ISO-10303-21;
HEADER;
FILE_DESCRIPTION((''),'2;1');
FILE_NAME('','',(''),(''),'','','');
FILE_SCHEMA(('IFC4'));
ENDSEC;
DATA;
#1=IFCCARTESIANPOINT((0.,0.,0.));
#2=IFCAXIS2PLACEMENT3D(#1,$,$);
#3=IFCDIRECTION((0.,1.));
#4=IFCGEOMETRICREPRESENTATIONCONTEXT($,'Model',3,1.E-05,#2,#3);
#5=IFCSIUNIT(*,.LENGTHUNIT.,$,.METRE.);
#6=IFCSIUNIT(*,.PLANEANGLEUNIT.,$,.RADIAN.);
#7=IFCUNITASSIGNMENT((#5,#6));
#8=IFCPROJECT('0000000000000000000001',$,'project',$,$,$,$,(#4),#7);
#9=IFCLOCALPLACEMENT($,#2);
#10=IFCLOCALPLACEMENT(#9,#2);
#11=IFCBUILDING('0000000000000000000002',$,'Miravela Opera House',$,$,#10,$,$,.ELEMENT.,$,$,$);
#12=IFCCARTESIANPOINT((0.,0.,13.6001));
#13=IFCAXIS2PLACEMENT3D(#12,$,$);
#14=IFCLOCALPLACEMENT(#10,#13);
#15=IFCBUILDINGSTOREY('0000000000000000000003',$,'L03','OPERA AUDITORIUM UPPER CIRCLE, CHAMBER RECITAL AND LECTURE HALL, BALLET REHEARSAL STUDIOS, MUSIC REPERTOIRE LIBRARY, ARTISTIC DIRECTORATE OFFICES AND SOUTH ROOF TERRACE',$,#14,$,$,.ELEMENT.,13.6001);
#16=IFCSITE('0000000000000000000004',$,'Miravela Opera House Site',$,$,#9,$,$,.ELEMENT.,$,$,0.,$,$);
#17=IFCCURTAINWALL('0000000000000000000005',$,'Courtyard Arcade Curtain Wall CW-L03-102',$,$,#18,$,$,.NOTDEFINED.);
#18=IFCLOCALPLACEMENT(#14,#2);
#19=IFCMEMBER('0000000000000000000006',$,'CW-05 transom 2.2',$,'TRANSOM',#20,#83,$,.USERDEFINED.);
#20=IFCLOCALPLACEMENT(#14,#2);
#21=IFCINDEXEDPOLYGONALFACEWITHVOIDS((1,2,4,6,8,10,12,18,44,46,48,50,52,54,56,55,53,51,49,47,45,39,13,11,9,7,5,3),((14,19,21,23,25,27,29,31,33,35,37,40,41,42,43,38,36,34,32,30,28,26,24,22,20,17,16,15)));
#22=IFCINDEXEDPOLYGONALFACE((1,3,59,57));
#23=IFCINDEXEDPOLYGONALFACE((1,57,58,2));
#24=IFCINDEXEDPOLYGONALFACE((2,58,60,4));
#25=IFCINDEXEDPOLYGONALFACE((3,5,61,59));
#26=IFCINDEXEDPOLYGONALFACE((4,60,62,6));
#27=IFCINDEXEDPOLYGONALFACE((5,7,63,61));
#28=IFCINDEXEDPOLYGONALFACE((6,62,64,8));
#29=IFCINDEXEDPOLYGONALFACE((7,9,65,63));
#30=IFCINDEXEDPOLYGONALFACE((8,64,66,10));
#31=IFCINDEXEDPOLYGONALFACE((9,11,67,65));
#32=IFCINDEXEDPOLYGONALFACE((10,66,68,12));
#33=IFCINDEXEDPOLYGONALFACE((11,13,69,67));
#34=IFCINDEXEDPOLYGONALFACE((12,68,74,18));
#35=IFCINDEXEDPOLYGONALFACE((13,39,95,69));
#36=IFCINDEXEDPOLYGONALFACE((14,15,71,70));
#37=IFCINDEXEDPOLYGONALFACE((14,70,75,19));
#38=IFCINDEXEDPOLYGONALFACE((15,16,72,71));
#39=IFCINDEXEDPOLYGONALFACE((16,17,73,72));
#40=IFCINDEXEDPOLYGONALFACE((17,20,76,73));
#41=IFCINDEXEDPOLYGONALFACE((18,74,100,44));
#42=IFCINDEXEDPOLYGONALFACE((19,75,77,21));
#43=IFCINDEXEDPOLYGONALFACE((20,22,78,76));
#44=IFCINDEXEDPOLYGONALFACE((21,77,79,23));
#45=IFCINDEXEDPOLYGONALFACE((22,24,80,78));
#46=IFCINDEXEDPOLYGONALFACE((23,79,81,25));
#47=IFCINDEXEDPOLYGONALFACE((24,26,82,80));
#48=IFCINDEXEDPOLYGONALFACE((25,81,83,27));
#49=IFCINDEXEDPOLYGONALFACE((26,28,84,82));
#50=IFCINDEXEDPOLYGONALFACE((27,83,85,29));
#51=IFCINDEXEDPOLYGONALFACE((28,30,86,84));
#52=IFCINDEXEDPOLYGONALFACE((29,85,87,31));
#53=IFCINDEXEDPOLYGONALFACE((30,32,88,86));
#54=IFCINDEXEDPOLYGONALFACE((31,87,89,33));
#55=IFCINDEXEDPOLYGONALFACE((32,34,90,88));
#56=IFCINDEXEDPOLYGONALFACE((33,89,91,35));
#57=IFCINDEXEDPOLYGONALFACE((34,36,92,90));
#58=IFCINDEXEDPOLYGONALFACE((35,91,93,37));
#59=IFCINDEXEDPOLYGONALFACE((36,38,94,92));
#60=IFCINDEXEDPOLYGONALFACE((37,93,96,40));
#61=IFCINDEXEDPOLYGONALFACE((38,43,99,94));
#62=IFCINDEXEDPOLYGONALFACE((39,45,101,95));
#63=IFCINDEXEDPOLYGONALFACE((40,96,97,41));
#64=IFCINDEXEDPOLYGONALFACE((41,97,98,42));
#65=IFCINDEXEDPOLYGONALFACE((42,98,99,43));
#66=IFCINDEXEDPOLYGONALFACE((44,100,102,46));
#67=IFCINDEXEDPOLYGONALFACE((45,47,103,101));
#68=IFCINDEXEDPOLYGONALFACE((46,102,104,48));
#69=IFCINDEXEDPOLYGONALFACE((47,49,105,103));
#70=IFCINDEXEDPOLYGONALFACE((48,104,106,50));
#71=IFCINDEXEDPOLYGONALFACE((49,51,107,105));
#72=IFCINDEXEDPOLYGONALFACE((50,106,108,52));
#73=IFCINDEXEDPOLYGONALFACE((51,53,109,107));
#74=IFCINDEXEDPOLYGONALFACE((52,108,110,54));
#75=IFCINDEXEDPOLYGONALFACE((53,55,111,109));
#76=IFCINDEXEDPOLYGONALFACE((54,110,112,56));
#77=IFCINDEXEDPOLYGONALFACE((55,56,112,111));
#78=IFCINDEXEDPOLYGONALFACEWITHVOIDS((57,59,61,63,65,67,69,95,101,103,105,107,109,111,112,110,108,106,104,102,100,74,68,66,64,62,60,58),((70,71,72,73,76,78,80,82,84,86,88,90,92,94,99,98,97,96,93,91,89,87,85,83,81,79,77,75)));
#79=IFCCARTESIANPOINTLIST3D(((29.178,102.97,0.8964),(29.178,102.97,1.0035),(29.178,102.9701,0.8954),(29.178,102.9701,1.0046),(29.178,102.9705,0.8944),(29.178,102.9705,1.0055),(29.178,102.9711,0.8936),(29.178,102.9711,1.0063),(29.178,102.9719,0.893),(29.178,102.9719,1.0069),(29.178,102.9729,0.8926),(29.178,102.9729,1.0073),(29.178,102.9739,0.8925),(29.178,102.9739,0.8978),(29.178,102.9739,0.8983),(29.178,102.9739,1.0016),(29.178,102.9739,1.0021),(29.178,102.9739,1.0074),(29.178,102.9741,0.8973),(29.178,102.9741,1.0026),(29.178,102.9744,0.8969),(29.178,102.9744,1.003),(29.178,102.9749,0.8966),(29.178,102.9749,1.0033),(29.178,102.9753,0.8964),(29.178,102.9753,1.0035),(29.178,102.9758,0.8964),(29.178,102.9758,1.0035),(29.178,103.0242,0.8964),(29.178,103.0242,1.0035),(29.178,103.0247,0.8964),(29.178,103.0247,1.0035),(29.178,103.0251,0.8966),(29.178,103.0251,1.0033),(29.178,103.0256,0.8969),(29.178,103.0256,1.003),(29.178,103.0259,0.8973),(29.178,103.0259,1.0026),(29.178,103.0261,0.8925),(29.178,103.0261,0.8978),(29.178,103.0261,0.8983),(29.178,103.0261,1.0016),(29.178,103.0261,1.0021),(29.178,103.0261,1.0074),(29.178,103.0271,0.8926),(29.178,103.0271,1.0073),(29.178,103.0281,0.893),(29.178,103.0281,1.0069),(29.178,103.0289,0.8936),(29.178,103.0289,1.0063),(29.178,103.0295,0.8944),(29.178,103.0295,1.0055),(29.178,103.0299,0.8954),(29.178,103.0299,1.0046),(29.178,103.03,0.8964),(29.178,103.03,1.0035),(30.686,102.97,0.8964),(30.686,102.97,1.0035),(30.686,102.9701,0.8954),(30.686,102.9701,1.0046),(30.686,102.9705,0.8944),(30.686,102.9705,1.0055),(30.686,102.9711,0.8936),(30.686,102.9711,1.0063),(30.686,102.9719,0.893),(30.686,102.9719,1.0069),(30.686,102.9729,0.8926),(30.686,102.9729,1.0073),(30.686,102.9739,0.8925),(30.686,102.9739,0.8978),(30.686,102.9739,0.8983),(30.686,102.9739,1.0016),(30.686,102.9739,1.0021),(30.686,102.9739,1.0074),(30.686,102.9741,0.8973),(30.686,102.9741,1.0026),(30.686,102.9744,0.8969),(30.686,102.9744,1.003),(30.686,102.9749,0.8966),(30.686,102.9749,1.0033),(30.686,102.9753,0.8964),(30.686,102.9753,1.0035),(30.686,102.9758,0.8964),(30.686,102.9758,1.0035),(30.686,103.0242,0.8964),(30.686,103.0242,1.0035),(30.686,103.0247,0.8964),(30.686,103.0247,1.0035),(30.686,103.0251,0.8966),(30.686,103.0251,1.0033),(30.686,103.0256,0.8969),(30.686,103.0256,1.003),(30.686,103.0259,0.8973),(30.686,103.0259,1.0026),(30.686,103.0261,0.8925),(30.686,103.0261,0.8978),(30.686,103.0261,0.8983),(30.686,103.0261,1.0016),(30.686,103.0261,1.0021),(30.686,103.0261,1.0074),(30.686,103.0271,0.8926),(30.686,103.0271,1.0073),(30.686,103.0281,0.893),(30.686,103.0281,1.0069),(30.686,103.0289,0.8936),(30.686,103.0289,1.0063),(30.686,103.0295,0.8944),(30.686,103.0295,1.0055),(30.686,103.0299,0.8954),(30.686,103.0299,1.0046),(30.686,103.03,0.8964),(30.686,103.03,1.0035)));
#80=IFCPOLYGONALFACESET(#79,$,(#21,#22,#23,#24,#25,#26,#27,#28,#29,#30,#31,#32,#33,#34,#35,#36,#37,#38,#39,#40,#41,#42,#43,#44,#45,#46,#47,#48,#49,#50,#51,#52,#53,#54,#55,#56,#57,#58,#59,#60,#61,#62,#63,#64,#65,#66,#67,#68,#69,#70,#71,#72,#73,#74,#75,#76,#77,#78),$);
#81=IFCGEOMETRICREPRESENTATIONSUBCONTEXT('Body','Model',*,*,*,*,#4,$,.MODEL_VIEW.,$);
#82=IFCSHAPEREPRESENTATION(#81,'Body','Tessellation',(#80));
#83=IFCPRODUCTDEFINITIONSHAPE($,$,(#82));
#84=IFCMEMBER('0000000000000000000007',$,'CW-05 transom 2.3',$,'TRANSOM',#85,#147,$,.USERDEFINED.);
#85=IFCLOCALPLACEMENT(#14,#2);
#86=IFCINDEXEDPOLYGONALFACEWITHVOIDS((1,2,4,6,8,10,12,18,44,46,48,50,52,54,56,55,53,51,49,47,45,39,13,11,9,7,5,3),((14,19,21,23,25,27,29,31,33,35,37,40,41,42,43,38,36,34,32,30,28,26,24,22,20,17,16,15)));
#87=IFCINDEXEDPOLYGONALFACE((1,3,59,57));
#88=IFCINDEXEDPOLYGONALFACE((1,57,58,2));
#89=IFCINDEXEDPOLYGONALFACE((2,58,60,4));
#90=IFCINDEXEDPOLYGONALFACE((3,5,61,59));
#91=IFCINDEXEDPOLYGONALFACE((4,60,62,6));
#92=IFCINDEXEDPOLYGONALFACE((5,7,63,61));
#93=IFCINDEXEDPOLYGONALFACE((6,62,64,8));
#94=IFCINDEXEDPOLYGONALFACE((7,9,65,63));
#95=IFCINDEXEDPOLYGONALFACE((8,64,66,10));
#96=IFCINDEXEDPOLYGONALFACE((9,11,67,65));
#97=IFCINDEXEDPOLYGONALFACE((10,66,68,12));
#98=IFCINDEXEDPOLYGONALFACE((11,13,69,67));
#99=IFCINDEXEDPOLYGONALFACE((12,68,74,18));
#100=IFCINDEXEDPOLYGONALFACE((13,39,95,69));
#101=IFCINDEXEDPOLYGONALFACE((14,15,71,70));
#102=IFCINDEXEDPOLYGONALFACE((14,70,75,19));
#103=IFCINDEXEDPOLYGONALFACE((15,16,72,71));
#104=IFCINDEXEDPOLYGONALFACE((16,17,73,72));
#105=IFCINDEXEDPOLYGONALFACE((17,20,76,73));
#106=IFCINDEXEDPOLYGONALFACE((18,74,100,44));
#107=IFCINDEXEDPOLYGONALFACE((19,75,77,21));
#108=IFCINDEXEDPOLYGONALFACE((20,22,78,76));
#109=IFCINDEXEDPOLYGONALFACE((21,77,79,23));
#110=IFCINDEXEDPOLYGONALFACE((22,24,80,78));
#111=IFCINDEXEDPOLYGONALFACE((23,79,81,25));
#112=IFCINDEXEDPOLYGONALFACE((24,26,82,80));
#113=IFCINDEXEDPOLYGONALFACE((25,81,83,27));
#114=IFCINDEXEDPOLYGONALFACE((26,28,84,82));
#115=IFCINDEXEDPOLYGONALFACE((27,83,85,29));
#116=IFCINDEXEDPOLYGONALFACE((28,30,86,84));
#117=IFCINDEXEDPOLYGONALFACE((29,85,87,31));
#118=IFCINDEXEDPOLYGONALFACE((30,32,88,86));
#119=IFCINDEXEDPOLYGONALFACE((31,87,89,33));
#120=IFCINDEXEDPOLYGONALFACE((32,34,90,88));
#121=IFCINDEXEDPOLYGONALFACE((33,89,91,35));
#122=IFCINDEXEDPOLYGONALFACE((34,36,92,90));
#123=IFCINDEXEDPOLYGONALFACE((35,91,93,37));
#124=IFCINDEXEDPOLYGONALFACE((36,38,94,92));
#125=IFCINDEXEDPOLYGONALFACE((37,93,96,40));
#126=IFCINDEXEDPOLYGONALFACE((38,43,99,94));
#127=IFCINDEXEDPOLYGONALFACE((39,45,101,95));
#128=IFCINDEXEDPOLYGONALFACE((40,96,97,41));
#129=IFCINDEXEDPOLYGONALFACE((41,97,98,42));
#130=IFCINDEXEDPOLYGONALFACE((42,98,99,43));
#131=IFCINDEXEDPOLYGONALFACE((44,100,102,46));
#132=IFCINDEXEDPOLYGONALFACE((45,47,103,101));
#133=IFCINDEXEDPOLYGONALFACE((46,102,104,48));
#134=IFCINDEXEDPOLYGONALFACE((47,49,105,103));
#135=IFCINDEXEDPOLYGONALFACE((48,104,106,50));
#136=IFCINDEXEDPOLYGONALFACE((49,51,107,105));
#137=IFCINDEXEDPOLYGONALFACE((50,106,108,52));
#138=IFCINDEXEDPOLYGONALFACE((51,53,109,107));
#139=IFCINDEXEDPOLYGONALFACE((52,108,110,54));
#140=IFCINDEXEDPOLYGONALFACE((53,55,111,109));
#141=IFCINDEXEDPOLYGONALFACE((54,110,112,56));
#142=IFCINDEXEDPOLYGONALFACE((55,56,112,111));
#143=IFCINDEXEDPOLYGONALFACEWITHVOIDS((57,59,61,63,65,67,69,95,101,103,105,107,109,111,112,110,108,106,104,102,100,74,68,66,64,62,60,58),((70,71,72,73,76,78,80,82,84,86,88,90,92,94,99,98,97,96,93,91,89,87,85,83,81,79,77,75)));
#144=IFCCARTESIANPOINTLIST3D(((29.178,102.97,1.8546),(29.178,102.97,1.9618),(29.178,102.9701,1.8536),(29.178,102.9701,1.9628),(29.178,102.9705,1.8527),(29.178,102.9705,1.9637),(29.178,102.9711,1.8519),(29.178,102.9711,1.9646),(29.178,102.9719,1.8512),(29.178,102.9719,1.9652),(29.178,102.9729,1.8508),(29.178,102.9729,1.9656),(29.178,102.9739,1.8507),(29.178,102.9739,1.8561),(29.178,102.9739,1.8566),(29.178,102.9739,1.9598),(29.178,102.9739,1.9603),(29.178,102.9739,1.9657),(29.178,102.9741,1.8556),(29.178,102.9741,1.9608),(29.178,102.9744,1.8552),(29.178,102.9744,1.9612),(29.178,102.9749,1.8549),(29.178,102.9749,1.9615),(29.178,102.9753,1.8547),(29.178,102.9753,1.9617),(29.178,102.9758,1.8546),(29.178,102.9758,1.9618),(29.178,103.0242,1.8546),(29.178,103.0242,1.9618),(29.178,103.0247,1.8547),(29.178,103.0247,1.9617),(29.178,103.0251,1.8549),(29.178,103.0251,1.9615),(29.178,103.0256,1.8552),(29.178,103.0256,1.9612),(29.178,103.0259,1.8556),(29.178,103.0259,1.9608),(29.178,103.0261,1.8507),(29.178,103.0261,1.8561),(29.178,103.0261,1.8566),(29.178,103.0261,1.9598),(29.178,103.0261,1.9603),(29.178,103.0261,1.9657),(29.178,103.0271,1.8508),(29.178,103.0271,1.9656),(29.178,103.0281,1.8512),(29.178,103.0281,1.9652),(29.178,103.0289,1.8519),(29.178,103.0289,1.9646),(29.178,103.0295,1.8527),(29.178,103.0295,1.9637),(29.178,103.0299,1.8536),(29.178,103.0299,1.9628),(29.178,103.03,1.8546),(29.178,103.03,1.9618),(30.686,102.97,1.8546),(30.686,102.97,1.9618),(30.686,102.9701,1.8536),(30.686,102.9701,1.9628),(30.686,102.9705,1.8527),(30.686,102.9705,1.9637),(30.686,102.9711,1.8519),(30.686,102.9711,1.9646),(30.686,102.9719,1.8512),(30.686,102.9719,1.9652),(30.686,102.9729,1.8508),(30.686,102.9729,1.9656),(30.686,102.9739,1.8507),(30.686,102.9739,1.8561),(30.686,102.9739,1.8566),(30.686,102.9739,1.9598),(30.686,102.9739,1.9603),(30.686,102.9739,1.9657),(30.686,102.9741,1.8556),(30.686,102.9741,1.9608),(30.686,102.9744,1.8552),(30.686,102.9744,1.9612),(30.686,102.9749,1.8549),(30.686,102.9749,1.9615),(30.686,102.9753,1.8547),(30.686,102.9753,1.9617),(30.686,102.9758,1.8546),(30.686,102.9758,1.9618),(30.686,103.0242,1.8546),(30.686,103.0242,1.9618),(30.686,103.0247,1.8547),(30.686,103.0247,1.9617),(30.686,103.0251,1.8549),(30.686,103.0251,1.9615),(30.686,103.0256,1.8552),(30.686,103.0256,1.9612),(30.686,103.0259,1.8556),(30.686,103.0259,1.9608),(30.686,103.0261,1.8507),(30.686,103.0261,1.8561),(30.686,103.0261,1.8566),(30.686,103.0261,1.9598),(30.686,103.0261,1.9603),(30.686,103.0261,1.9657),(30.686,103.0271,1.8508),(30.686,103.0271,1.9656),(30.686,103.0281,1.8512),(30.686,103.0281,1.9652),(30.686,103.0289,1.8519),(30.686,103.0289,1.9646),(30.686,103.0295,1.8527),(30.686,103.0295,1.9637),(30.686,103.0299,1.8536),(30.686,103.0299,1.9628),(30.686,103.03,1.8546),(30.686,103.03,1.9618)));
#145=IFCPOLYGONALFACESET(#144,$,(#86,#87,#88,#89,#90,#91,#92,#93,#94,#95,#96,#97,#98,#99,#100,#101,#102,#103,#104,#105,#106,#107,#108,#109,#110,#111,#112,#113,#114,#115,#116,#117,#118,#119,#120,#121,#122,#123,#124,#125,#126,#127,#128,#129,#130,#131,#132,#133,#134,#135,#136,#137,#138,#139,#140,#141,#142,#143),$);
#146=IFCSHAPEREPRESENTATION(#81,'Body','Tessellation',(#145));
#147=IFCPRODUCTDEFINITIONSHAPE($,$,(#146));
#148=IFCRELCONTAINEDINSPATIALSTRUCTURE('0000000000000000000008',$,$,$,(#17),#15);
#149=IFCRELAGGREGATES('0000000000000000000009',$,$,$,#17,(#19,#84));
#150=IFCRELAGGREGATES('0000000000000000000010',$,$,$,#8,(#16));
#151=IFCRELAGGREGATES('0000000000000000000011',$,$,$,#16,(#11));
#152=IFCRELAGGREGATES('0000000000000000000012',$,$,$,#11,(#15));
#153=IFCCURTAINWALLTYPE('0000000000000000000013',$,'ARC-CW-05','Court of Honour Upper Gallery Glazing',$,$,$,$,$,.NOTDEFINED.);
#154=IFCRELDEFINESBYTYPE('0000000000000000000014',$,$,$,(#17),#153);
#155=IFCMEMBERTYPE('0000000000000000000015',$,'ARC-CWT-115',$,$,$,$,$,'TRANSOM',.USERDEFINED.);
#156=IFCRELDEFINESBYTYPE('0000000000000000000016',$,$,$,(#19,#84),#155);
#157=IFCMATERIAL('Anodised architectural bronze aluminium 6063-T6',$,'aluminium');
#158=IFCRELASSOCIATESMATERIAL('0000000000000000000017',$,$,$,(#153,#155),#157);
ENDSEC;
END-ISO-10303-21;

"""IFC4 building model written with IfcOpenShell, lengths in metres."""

from ifc_helpers import new_model, si_unit, direction, frame, origin, origin_2d, place, context, subcontext, project, spatial, hollow_rectangle, extrude, material, material_profile, profile_set, type_object, element, aggregate, save


model = new_model("IFC4")

# Units and contexts
model_context = context("Model", 3, precision=1e-05, world=origin(), true_north=direction((0.0, 1.0)))
body_context = subcontext(model_context, "Body", "Model", "MODEL_VIEW")
ifc_project = project(units=[si_unit("LENGTHUNIT", "METRE"), si_unit("PLANEANGLEUNIT", "RADIAN")], contexts=[model_context])

# Site, building, storey
site_placement = place(None, origin())
site = spatial("IfcSite", under=ifc_project, at=site_placement, Name="Miravela Opera House Site", CompositionType="ELEMENT", RefElevation=0.0)
building_placement = place(site_placement, origin())
building = spatial("IfcBuilding", under=site, at=building_placement, Name="Miravela Opera House", CompositionType="ELEMENT")
storey_placement = place(building_placement, frame((0.0, 0.0, 13.6001)))
storey = spatial("IfcBuildingStorey", under=building, at=storey_placement, Name="L03", Description="OPERA AUDITORIUM UPPER CIRCLE, CHAMBER RECITAL AND LECTURE HALL, BALLET REHEARSAL STUDIOS, MUSIC REPERTOIRE LIBRARY, ARTISTIC DIRECTORATE OFFICES AND SOUTH ROOF TERRACE", CompositionType="ELEMENT", Elevation=13.6001)

# Curtain wall
ifc_material_1 = material(Name="Anodised architectural bronze aluminium 6063-T6", Category="aluminium")
curtain_wall_type = type_object("IfcCurtainWallType", Name="ARC-CW-05", Description="Court of Honour Upper Gallery Glazing", PredefinedType="NOTDEFINED", material=ifc_material_1)
curtain_wall_1_placement = place(storey_placement, origin())
curtain_wall_1 = element("IfcCurtainWall", 1, at=curtain_wall_1_placement, inside=storey, type_object=curtain_wall_type, Name="Courtyard Arcade Curtain Wall CW-L03-102", PredefinedType="NOTDEFINED")

# Members
ifc_material_profile_1 = material_profile(ifc_material_1, hollow_rectangle(XDim=0.0601, YDim=0.115, WallThickness=0.0039, InnerFilletRadius=0.002, OuterFilletRadius=0.0039, at=origin_2d()), Name="CWT-60X115")
ifc_profile_set_1 = profile_set([ifc_material_profile_1])
member_type_1 = type_object("IfcMemberType", Name="ARC-CWT-115", ElementType="TRANSOM", PredefinedType="USERDEFINED", material=ifc_profile_set_1)
member_1_placement = place(storey_placement, frame((29.178, 103.0, 0.95), z_axis=(1.0, 0.0, 0.0), x_axis=(0.0, 1.0, 0.0)))
member_1 = element("IfcMember", 2, at=member_1_placement, type_object=member_type_1, Name="CW-05 transom 2.2", ObjectType="TRANSOM", PredefinedType="USERDEFINED", context=body_context, shape_type="SweptSolid", body=[
    extrude(hollow_rectangle(XDim=0.0601, YDim=0.115, WallThickness=0.0039, InnerFilletRadius=0.002, OuterFilletRadius=0.0039, at=origin_2d()), origin(), (0.0, 0.0, 1.0), 1.5081),
])
member_2_placement = place(storey_placement, frame((29.178, 103.0, 1.9082), z_axis=(1.0, 0.0, 0.0), x_axis=(0.0, 1.0, 0.0)))
member_2 = element("IfcMember", 3, at=member_2_placement, type_object=member_type_1, Name="CW-05 transom 2.3", ObjectType="TRANSOM", PredefinedType="USERDEFINED", context=body_context, shape_type="SweptSolid", body=[
    extrude(hollow_rectangle(XDim=0.0601, YDim=0.115, WallThickness=0.0039, InnerFilletRadius=0.002, OuterFilletRadius=0.0039, at=origin_2d()), origin(), (0.0, 0.0, 1.0), 1.5081),
])

aggregate(curtain_wall_1, [member_1, member_2])

save(model, "model.ifc")
